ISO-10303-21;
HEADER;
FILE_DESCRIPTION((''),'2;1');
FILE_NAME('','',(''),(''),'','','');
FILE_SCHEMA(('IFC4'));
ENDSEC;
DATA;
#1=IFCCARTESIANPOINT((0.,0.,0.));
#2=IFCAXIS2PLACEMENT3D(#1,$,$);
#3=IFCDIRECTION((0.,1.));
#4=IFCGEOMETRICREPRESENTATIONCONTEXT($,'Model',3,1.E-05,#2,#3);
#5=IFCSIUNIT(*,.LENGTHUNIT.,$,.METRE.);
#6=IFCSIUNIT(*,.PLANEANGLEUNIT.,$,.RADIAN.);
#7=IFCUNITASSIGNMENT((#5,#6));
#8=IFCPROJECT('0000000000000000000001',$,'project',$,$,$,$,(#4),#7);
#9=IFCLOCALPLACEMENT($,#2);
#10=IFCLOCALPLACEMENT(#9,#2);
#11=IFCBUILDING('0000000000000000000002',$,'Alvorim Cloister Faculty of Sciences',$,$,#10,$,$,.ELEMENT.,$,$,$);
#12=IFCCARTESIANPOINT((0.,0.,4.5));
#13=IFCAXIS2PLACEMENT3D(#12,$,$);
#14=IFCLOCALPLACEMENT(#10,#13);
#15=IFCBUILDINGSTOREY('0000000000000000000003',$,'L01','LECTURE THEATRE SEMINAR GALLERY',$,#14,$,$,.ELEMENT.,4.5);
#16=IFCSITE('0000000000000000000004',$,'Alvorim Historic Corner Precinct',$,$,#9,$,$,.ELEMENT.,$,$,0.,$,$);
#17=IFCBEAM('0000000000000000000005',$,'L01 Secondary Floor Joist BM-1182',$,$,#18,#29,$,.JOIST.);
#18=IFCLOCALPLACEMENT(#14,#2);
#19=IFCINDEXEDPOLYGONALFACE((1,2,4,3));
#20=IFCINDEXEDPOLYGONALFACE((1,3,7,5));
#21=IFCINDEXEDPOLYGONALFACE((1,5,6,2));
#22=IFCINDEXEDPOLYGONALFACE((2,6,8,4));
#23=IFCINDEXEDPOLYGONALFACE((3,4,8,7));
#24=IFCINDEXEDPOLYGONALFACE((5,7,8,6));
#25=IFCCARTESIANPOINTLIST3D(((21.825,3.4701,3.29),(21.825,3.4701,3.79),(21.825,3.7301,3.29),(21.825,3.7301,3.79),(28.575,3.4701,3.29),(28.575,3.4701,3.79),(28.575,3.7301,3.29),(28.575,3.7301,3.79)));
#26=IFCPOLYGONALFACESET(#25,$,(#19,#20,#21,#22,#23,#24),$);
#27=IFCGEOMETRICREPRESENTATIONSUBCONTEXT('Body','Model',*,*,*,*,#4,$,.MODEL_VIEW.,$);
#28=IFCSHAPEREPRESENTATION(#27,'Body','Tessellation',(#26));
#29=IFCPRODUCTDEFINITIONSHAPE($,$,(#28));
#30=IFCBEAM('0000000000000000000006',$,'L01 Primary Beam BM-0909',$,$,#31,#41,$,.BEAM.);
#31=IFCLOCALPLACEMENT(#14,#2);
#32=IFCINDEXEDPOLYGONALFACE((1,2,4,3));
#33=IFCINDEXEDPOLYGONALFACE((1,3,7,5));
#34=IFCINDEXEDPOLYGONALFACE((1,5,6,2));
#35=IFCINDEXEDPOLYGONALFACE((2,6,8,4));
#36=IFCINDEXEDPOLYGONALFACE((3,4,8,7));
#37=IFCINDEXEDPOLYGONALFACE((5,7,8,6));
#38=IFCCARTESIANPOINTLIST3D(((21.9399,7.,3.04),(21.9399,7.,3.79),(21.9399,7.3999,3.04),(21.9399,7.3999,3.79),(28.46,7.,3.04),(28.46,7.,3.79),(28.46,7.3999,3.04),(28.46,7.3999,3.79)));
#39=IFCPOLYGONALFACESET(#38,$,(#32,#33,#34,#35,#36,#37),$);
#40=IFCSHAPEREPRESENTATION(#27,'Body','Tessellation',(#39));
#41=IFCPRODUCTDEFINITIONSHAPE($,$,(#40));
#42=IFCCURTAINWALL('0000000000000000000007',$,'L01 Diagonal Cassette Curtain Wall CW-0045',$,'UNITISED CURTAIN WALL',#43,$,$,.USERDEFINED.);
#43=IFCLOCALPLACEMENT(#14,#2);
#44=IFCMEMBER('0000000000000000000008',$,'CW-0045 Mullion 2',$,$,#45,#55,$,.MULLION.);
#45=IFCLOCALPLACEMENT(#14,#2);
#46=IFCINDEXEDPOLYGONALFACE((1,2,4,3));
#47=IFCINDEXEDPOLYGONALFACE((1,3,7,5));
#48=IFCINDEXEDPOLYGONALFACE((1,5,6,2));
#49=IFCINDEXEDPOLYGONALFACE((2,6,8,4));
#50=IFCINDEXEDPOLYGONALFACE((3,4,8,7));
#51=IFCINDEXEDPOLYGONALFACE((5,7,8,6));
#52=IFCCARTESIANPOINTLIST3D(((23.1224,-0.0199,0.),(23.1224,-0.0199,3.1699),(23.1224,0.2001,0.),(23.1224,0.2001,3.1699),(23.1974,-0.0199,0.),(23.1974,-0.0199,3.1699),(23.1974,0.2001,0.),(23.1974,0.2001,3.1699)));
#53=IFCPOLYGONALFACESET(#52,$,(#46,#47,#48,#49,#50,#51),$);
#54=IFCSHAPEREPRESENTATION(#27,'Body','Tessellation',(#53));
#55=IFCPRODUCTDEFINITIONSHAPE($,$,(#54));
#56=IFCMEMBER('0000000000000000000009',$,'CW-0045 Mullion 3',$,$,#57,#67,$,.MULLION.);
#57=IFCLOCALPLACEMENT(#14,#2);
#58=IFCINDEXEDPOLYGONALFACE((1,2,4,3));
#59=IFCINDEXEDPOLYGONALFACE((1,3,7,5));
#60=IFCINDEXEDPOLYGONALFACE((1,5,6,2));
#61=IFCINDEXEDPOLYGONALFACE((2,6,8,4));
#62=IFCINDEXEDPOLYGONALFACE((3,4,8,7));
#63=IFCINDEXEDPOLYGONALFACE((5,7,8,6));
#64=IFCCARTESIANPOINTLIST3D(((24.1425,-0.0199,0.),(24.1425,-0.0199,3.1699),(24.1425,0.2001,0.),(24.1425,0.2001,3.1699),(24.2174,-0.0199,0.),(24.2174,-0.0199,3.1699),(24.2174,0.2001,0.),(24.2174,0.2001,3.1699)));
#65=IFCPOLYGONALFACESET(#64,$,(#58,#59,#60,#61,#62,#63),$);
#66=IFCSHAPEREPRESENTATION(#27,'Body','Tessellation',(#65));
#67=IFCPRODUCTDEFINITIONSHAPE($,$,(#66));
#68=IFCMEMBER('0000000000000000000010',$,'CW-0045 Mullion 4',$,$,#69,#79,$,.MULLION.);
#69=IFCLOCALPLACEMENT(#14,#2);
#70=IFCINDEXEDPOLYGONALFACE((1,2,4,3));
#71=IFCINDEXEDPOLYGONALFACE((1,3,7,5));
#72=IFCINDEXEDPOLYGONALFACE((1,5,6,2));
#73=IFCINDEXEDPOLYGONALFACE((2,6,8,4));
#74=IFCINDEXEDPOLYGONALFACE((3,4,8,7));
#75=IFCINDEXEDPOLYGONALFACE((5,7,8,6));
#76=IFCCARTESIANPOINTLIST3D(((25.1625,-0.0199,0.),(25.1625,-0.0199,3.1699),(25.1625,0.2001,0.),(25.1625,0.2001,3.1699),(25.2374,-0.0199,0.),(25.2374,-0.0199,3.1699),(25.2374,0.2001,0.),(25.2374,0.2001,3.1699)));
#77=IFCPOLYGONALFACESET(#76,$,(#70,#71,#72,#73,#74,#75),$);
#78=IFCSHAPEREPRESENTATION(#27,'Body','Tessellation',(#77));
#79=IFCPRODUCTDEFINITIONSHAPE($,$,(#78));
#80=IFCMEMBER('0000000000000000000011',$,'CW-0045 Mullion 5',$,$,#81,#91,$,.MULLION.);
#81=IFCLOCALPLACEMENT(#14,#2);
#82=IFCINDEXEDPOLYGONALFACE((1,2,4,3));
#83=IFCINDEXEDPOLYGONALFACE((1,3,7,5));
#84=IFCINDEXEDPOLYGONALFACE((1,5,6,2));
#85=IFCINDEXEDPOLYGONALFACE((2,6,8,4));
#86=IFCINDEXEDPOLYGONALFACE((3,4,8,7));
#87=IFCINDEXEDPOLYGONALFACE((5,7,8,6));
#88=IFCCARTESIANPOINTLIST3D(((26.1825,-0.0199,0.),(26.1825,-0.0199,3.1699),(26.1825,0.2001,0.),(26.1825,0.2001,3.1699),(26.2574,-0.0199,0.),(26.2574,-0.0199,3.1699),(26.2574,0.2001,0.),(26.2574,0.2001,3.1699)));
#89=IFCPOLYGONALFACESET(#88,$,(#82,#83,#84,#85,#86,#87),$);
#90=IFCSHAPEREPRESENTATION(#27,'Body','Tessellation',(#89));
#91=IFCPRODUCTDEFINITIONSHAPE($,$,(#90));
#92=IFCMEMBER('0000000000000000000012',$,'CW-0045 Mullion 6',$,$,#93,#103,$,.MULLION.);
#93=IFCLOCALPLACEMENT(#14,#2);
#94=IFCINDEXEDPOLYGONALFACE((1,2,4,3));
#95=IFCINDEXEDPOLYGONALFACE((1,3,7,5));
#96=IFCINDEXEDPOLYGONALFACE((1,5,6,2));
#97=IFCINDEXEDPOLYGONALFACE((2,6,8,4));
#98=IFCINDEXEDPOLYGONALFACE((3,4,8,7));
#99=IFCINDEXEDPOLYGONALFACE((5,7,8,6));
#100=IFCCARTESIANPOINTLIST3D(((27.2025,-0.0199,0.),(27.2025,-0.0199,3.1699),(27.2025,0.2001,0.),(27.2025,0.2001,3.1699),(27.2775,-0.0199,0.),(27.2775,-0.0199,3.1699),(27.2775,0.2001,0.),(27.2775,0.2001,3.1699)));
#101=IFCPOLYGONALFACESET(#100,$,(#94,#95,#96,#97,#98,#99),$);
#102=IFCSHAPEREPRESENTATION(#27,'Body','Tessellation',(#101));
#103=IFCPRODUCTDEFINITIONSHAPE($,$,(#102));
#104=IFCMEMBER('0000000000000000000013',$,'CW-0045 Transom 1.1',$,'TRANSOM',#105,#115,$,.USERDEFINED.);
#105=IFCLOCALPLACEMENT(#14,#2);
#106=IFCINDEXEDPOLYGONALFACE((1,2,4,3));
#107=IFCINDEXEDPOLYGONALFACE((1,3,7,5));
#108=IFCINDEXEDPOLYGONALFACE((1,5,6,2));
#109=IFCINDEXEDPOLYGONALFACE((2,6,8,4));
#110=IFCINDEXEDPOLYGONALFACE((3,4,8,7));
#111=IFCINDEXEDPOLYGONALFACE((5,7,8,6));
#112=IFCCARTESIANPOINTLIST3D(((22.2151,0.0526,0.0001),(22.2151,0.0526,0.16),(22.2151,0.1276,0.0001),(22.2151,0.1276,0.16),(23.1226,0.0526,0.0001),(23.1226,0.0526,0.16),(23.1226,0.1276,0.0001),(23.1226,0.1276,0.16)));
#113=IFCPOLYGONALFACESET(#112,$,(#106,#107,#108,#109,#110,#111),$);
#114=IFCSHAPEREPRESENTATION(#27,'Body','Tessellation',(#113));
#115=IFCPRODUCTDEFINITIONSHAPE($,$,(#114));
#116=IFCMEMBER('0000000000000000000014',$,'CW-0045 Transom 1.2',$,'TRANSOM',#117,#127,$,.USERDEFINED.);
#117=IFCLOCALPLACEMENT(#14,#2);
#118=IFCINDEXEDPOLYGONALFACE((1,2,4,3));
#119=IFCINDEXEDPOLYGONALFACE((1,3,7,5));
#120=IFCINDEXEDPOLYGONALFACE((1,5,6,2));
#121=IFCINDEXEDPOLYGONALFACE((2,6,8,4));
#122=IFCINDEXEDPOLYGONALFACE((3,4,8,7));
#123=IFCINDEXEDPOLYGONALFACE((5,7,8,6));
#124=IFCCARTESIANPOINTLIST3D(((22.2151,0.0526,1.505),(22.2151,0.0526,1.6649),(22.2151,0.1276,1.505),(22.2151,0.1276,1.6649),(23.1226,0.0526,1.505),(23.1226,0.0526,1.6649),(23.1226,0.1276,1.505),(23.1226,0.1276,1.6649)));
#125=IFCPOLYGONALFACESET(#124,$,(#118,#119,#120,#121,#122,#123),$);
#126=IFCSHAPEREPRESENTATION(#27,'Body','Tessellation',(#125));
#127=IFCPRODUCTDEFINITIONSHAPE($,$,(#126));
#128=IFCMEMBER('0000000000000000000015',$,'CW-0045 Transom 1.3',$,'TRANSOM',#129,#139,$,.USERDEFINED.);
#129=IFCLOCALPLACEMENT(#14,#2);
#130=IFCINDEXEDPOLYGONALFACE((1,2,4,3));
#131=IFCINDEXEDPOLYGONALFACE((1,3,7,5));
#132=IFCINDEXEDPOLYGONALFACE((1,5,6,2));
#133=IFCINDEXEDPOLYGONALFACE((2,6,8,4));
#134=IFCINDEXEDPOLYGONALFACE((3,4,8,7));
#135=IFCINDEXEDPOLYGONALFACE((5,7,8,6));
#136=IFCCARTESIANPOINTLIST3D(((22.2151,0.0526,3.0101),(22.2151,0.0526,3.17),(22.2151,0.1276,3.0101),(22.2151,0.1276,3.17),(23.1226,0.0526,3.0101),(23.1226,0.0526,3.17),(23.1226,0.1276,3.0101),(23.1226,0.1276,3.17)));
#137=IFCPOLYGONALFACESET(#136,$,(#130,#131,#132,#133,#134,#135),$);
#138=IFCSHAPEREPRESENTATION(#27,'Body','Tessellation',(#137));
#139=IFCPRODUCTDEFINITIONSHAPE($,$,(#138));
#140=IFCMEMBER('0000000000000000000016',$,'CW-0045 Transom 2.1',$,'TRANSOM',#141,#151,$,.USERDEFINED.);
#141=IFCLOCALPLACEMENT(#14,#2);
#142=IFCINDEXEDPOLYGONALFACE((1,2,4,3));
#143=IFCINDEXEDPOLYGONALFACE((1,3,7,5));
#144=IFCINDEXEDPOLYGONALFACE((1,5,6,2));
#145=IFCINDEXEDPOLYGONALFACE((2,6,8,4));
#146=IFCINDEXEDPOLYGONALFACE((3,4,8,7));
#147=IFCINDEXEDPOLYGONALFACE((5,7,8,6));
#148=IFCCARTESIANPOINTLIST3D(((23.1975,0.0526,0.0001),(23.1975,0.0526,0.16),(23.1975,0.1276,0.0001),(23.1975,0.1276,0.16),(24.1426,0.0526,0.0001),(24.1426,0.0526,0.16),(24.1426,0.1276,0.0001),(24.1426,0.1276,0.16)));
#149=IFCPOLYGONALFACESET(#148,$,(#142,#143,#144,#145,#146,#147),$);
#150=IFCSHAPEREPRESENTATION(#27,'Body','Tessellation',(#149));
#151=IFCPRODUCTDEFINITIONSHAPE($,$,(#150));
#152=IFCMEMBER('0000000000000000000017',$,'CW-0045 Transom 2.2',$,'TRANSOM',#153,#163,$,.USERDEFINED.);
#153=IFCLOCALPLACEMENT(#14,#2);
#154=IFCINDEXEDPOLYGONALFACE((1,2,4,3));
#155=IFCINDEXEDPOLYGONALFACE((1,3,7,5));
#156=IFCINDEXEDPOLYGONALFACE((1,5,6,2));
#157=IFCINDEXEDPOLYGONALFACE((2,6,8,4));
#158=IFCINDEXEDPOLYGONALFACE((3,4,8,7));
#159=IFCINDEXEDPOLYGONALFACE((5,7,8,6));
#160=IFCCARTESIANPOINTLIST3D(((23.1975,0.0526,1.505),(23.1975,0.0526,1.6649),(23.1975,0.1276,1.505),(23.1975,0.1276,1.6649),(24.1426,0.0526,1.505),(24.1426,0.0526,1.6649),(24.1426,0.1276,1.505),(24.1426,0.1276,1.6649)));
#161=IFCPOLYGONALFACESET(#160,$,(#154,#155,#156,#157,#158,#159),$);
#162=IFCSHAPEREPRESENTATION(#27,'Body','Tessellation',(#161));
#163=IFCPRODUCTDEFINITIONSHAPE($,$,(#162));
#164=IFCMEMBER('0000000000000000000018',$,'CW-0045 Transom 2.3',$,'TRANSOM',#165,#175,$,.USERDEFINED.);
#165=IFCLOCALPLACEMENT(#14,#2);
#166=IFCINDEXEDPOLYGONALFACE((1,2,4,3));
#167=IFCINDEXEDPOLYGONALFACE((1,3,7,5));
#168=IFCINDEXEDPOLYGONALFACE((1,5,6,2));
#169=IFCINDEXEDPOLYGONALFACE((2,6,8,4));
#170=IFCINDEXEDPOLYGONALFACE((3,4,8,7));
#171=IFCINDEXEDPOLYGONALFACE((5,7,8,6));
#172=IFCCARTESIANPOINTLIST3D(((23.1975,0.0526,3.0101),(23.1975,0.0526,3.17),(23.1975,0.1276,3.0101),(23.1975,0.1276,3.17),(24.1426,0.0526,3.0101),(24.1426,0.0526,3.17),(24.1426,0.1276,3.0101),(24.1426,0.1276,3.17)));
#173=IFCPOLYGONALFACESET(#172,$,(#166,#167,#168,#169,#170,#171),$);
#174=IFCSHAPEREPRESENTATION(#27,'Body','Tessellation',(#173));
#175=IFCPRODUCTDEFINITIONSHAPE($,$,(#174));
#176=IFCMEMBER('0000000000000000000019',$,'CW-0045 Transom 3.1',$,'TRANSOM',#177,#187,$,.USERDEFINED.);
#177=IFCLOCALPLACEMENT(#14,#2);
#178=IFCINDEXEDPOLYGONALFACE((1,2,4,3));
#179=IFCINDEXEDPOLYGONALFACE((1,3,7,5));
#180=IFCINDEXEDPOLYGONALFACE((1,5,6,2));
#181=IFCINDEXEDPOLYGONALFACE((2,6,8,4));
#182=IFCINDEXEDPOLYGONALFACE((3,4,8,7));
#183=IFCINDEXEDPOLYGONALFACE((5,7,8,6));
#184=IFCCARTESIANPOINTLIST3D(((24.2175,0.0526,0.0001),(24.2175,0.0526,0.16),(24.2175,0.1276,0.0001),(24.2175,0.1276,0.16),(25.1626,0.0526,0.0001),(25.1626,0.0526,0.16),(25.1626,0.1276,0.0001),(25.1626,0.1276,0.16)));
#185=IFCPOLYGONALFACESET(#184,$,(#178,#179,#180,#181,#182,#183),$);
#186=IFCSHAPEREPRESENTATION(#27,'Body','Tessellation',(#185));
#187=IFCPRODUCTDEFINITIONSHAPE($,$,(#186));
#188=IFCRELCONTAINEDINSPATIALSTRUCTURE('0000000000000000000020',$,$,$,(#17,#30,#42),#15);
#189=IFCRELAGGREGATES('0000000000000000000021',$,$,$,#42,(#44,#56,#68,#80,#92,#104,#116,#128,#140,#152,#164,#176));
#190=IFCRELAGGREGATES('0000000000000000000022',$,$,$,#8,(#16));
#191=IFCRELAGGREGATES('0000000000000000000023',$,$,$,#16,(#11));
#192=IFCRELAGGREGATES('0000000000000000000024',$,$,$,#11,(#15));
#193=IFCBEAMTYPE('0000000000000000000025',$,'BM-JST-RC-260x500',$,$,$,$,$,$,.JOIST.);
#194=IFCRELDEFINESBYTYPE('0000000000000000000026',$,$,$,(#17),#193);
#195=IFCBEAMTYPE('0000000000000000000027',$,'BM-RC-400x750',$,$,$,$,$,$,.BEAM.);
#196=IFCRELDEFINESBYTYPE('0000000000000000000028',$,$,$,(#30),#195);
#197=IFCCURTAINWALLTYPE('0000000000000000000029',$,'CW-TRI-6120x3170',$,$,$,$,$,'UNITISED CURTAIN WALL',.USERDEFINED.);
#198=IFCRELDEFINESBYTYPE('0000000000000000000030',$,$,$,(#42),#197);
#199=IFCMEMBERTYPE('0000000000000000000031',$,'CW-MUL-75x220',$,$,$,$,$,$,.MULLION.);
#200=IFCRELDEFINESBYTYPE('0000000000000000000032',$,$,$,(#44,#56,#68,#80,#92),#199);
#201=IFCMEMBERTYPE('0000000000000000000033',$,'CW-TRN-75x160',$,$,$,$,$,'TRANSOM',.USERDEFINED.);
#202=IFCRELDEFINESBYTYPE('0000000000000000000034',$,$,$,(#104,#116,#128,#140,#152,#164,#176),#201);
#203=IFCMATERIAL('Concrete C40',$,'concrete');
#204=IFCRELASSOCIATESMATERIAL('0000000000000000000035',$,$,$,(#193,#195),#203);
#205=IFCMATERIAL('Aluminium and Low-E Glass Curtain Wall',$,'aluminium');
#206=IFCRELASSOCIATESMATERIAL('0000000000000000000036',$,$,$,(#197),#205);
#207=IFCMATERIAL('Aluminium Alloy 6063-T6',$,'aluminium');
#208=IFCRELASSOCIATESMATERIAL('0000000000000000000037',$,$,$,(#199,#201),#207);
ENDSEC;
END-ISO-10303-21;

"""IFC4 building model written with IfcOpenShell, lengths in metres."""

from ifc_helpers import new_model, si_unit, direction, frame, origin, origin_2d, place, context, subcontext, project, spatial, rectangle, extrude, material, material_profile, profile_set, type_object, element, aggregate, save


model = new_model("IFC4")

# Units and contexts
model_context = context("Model", 3, precision=1e-05, world=origin(), true_north=direction((0.0, 1.0)))
body_context = subcontext(model_context, "Body", "Model", "MODEL_VIEW")
ifc_project = project(units=[si_unit("LENGTHUNIT", "METRE"), si_unit("PLANEANGLEUNIT", "RADIAN")], contexts=[model_context])

# Site, building, storey
site_placement = place(None, origin())
site = spatial("IfcSite", under=ifc_project, at=site_placement, Name="Alvorim Historic Corner Precinct", CompositionType="ELEMENT", RefElevation=0.0)
building_placement = place(site_placement, origin())
building = spatial("IfcBuilding", under=site, at=building_placement, Name="Alvorim Cloister Faculty of Sciences", CompositionType="ELEMENT")
storey_placement = place(building_placement, frame((0.0, 0.0, 4.5)))
storey = spatial("IfcBuildingStorey", under=building, at=storey_placement, Name="L01", Description="LECTURE THEATRE SEMINAR GALLERY", CompositionType="ELEMENT", Elevation=4.5)

# Beams
ifc_material_1 = material(Name="Concrete C40", Category="concrete")
ifc_material_profile_1 = material_profile(ifc_material_1, rectangle(XDim=0.26, YDim=0.5, at=origin_2d()), Name="RC40-JST-260x500")
ifc_profile_set_1 = profile_set([ifc_material_profile_1], Name="Concrete C40")
beam_type_1 = type_object("IfcBeamType", Name="BM-JST-RC-260x500", PredefinedType="JOIST", material=ifc_profile_set_1)
beam_1_placement = place(storey_placement, frame((21.825, 3.6001, 3.54), z_axis=(1.0, 0.0, 0.0), x_axis=(0.0, 1.0, 0.0)))
element("IfcBeam", 1, at=beam_1_placement, inside=storey, type_object=beam_type_1, Name="L01 Secondary Floor Joist BM-1182", PredefinedType="JOIST", context=body_context, shape_type="SweptSolid", body=[
    extrude(rectangle(XDim=0.26, YDim=0.5, at=origin_2d()), origin(), (0.0, 0.0, 1.0), 6.75),
])
ifc_material_profile_2 = material_profile(ifc_material_1, rectangle(XDim=0.3999, YDim=0.75, at=origin_2d()), Name="RC40-BM-400x750")
ifc_profile_set_2 = profile_set([ifc_material_profile_2], Name="Concrete C40")
beam_type_2 = type_object("IfcBeamType", Name="BM-RC-400x750", PredefinedType="BEAM", material=ifc_profile_set_2)
beam_2_placement = place(storey_placement, frame((21.9399, 7.2, 3.415), z_axis=(1.0, 0.0, 0.0), x_axis=(0.0, 1.0, 0.0)))
element("IfcBeam", 2, at=beam_2_placement, inside=storey, type_object=beam_type_2, Name="L01 Primary Beam BM-0909", PredefinedType="BEAM", context=body_context, shape_type="SweptSolid", body=[
    extrude(rectangle(XDim=0.3999, YDim=0.75, at=origin_2d()), origin(), (0.0, 0.0, 1.0), 6.52),
])

# Curtain wall, members
ifc_material_2 = material(Name="Aluminium and Low-E Glass Curtain Wall", Category="aluminium")
curtain_wall_type = type_object("IfcCurtainWallType", Name="CW-TRI-6120x3170", ElementType="UNITISED CURTAIN WALL", PredefinedType="USERDEFINED", material=ifc_material_2)
curtain_wall_placement = place(storey_placement, origin())
curtain_wall = element("IfcCurtainWall", 3, at=curtain_wall_placement, inside=storey, type_object=curtain_wall_type, Name="L01 Diagonal Cassette Curtain Wall CW-0045", ObjectType="UNITISED CURTAIN WALL", PredefinedType="USERDEFINED")
ifc_material_3 = material(Name="Aluminium Alloy 6063-T6", Category="aluminium")
ifc_material_profile_3 = material_profile(ifc_material_3, rectangle(XDim=0.075, YDim=0.22, at=origin_2d()), Name="ALU-MUL-75x220")
ifc_profile_set_3 = profile_set([ifc_material_profile_3], Name="Aluminium Alloy 6063-T6")
member_type_1 = type_object("IfcMemberType", Name="CW-MUL-75x220", PredefinedType="MULLION", material=ifc_profile_set_3)
member_1_placement = place(storey_placement, frame((23.1599, 0.0901, 0.0), z_axis=(0.0, 0.0, 1.0), x_axis=(1.0, 0.0, 0.0)))
member_1 = element("IfcMember", 4, at=member_1_placement, type_object=member_type_1, Name="CW-0045 Mullion 2", PredefinedType="MULLION", context=body_context, shape_type="SweptSolid", body=[
    extrude(rectangle(XDim=0.075, YDim=0.22, at=origin_2d()), origin(), (0.0, 0.0, 1.0), 3.1699),
])
member_2_placement = place(storey_placement, frame((24.1799, 0.0901, 0.0), z_axis=(0.0, 0.0, 1.0), x_axis=(1.0, 0.0, 0.0)))
member_2 = element("IfcMember", 5, at=member_2_placement, type_object=member_type_1, Name="CW-0045 Mullion 3", PredefinedType="MULLION", context=body_context, shape_type="SweptSolid", body=[
    extrude(rectangle(XDim=0.075, YDim=0.22, at=origin_2d()), origin(), (0.0, 0.0, 1.0), 3.1699),
])
member_3_placement = place(storey_placement, frame((25.2, 0.0901, 0.0), z_axis=(0.0, 0.0, 1.0), x_axis=(1.0, 0.0, 0.0)))
member_3 = element("IfcMember", 6, at=member_3_placement, type_object=member_type_1, Name="CW-0045 Mullion 4", PredefinedType="MULLION", context=body_context, shape_type="SweptSolid", body=[
    extrude(rectangle(XDim=0.075, YDim=0.22, at=origin_2d()), origin(), (0.0, 0.0, 1.0), 3.1699),
])
member_4_placement = place(storey_placement, frame((26.22, 0.0901, 0.0), z_axis=(0.0, 0.0, 1.0), x_axis=(1.0, 0.0, 0.0)))
member_4 = element("IfcMember", 7, at=member_4_placement, type_object=member_type_1, Name="CW-0045 Mullion 5", PredefinedType="MULLION", context=body_context, shape_type="SweptSolid", body=[
    extrude(rectangle(XDim=0.075, YDim=0.22, at=origin_2d()), origin(), (0.0, 0.0, 1.0), 3.1699),
])
member_5_placement = place(storey_placement, frame((27.24, 0.0901, 0.0), z_axis=(0.0, 0.0, 1.0), x_axis=(1.0, 0.0, 0.0)))
member_5 = element("IfcMember", 8, at=member_5_placement, type_object=member_type_1, Name="CW-0045 Mullion 6", PredefinedType="MULLION", context=body_context, shape_type="SweptSolid", body=[
    extrude(rectangle(XDim=0.075, YDim=0.22, at=origin_2d()), origin(), (0.0, 0.0, 1.0), 3.1699),
])
ifc_material_profile_4 = material_profile(ifc_material_3, rectangle(XDim=0.075, YDim=0.1599, at=origin_2d()), Name="ALU-TRN-75x160")
ifc_profile_set_4 = profile_set([ifc_material_profile_4], Name="Aluminium Alloy 6063-T6")
member_type_2 = type_object("IfcMemberType", Name="CW-TRN-75x160", ElementType="TRANSOM", PredefinedType="USERDEFINED", material=ifc_profile_set_4)
member_6_placement = place(storey_placement, frame((22.2151, 0.0901, 0.0801), z_axis=(1.0, 0.0, 0.0), x_axis=(0.0, 1.0, 0.0)))
member_6 = element("IfcMember", 9, at=member_6_placement, type_object=member_type_2, Name="CW-0045 Transom 1.1", ObjectType="TRANSOM", PredefinedType="USERDEFINED", context=body_context, shape_type="SweptSolid", body=[
    extrude(rectangle(XDim=0.075, YDim=0.1599, at=origin_2d()), origin(), (0.0, 0.0, 1.0), 0.9075),
])
member_7_placement = place(storey_placement, frame((22.2151, 0.0901, 1.585), z_axis=(1.0, 0.0, 0.0), x_axis=(0.0, 1.0, 0.0)))
member_7 = element("IfcMember", 10, at=member_7_placement, type_object=member_type_2, Name="CW-0045 Transom 1.2", ObjectType="TRANSOM", PredefinedType="USERDEFINED", context=body_context, shape_type="SweptSolid", body=[
    extrude(rectangle(XDim=0.075, YDim=0.1599, at=origin_2d()), origin(), (0.0, 0.0, 1.0), 0.9075),
])
member_8_placement = place(storey_placement, frame((22.2151, 0.0901, 3.0901), z_axis=(1.0, 0.0, 0.0), x_axis=(0.0, 1.0, 0.0)))
member_8 = element("IfcMember", 11, at=member_8_placement, type_object=member_type_2, Name="CW-0045 Transom 1.3", ObjectType="TRANSOM", PredefinedType="USERDEFINED", context=body_context, shape_type="SweptSolid", body=[
    extrude(rectangle(XDim=0.075, YDim=0.1599, at=origin_2d()), origin(), (0.0, 0.0, 1.0), 0.9075),
])
member_9_placement = place(storey_placement, frame((23.1975, 0.0901, 0.0801), z_axis=(1.0, 0.0, 0.0), x_axis=(0.0, 1.0, 0.0)))
member_9 = element("IfcMember", 12, at=member_9_placement, type_object=member_type_2, Name="CW-0045 Transom 2.1", ObjectType="TRANSOM", PredefinedType="USERDEFINED", context=body_context, shape_type="SweptSolid", body=[
    extrude(rectangle(XDim=0.075, YDim=0.1599, at=origin_2d()), origin(), (0.0, 0.0, 1.0), 0.9451),
])
member_10_placement = place(storey_placement, frame((23.1975, 0.0901, 1.585), z_axis=(1.0, 0.0, 0.0), x_axis=(0.0, 1.0, 0.0)))
member_10 = element("IfcMember", 13, at=member_10_placement, type_object=member_type_2, Name="CW-0045 Transom 2.2", ObjectType="TRANSOM", PredefinedType="USERDEFINED", context=body_context, shape_type="SweptSolid", body=[
    extrude(rectangle(XDim=0.075, YDim=0.1599, at=origin_2d()), origin(), (0.0, 0.0, 1.0), 0.9451),
])
member_11_placement = place(storey_placement, frame((23.1975, 0.0901, 3.0901), z_axis=(1.0, 0.0, 0.0), x_axis=(0.0, 1.0, 0.0)))
member_11 = element("IfcMember", 14, at=member_11_placement, type_object=member_type_2, Name="CW-0045 Transom 2.3", ObjectType="TRANSOM", PredefinedType="USERDEFINED", context=body_context, shape_type="SweptSolid", body=[
    extrude(rectangle(XDim=0.075, YDim=0.1599, at=origin_2d()), origin(), (0.0, 0.0, 1.0), 0.9451),
])
member_12_placement = place(storey_placement, frame((24.2175, 0.0901, 0.0801), z_axis=(1.0, 0.0, 0.0), x_axis=(0.0, 1.0, 0.0)))
member_12 = element("IfcMember", 15, at=member_12_placement, type_object=member_type_2, Name="CW-0045 Transom 3.1", ObjectType="TRANSOM", PredefinedType="USERDEFINED", context=body_context, shape_type="SweptSolid", body=[
    extrude(rectangle(XDim=0.075, YDim=0.1599, at=origin_2d()), origin(), (0.0, 0.0, 1.0), 0.9451),
])
aggregate(curtain_wall, [member_1, member_2, member_3, member_4, member_5, member_6, member_7, member_8, member_9, member_10, member_11, member_12])

save(model, "model.ifc")
